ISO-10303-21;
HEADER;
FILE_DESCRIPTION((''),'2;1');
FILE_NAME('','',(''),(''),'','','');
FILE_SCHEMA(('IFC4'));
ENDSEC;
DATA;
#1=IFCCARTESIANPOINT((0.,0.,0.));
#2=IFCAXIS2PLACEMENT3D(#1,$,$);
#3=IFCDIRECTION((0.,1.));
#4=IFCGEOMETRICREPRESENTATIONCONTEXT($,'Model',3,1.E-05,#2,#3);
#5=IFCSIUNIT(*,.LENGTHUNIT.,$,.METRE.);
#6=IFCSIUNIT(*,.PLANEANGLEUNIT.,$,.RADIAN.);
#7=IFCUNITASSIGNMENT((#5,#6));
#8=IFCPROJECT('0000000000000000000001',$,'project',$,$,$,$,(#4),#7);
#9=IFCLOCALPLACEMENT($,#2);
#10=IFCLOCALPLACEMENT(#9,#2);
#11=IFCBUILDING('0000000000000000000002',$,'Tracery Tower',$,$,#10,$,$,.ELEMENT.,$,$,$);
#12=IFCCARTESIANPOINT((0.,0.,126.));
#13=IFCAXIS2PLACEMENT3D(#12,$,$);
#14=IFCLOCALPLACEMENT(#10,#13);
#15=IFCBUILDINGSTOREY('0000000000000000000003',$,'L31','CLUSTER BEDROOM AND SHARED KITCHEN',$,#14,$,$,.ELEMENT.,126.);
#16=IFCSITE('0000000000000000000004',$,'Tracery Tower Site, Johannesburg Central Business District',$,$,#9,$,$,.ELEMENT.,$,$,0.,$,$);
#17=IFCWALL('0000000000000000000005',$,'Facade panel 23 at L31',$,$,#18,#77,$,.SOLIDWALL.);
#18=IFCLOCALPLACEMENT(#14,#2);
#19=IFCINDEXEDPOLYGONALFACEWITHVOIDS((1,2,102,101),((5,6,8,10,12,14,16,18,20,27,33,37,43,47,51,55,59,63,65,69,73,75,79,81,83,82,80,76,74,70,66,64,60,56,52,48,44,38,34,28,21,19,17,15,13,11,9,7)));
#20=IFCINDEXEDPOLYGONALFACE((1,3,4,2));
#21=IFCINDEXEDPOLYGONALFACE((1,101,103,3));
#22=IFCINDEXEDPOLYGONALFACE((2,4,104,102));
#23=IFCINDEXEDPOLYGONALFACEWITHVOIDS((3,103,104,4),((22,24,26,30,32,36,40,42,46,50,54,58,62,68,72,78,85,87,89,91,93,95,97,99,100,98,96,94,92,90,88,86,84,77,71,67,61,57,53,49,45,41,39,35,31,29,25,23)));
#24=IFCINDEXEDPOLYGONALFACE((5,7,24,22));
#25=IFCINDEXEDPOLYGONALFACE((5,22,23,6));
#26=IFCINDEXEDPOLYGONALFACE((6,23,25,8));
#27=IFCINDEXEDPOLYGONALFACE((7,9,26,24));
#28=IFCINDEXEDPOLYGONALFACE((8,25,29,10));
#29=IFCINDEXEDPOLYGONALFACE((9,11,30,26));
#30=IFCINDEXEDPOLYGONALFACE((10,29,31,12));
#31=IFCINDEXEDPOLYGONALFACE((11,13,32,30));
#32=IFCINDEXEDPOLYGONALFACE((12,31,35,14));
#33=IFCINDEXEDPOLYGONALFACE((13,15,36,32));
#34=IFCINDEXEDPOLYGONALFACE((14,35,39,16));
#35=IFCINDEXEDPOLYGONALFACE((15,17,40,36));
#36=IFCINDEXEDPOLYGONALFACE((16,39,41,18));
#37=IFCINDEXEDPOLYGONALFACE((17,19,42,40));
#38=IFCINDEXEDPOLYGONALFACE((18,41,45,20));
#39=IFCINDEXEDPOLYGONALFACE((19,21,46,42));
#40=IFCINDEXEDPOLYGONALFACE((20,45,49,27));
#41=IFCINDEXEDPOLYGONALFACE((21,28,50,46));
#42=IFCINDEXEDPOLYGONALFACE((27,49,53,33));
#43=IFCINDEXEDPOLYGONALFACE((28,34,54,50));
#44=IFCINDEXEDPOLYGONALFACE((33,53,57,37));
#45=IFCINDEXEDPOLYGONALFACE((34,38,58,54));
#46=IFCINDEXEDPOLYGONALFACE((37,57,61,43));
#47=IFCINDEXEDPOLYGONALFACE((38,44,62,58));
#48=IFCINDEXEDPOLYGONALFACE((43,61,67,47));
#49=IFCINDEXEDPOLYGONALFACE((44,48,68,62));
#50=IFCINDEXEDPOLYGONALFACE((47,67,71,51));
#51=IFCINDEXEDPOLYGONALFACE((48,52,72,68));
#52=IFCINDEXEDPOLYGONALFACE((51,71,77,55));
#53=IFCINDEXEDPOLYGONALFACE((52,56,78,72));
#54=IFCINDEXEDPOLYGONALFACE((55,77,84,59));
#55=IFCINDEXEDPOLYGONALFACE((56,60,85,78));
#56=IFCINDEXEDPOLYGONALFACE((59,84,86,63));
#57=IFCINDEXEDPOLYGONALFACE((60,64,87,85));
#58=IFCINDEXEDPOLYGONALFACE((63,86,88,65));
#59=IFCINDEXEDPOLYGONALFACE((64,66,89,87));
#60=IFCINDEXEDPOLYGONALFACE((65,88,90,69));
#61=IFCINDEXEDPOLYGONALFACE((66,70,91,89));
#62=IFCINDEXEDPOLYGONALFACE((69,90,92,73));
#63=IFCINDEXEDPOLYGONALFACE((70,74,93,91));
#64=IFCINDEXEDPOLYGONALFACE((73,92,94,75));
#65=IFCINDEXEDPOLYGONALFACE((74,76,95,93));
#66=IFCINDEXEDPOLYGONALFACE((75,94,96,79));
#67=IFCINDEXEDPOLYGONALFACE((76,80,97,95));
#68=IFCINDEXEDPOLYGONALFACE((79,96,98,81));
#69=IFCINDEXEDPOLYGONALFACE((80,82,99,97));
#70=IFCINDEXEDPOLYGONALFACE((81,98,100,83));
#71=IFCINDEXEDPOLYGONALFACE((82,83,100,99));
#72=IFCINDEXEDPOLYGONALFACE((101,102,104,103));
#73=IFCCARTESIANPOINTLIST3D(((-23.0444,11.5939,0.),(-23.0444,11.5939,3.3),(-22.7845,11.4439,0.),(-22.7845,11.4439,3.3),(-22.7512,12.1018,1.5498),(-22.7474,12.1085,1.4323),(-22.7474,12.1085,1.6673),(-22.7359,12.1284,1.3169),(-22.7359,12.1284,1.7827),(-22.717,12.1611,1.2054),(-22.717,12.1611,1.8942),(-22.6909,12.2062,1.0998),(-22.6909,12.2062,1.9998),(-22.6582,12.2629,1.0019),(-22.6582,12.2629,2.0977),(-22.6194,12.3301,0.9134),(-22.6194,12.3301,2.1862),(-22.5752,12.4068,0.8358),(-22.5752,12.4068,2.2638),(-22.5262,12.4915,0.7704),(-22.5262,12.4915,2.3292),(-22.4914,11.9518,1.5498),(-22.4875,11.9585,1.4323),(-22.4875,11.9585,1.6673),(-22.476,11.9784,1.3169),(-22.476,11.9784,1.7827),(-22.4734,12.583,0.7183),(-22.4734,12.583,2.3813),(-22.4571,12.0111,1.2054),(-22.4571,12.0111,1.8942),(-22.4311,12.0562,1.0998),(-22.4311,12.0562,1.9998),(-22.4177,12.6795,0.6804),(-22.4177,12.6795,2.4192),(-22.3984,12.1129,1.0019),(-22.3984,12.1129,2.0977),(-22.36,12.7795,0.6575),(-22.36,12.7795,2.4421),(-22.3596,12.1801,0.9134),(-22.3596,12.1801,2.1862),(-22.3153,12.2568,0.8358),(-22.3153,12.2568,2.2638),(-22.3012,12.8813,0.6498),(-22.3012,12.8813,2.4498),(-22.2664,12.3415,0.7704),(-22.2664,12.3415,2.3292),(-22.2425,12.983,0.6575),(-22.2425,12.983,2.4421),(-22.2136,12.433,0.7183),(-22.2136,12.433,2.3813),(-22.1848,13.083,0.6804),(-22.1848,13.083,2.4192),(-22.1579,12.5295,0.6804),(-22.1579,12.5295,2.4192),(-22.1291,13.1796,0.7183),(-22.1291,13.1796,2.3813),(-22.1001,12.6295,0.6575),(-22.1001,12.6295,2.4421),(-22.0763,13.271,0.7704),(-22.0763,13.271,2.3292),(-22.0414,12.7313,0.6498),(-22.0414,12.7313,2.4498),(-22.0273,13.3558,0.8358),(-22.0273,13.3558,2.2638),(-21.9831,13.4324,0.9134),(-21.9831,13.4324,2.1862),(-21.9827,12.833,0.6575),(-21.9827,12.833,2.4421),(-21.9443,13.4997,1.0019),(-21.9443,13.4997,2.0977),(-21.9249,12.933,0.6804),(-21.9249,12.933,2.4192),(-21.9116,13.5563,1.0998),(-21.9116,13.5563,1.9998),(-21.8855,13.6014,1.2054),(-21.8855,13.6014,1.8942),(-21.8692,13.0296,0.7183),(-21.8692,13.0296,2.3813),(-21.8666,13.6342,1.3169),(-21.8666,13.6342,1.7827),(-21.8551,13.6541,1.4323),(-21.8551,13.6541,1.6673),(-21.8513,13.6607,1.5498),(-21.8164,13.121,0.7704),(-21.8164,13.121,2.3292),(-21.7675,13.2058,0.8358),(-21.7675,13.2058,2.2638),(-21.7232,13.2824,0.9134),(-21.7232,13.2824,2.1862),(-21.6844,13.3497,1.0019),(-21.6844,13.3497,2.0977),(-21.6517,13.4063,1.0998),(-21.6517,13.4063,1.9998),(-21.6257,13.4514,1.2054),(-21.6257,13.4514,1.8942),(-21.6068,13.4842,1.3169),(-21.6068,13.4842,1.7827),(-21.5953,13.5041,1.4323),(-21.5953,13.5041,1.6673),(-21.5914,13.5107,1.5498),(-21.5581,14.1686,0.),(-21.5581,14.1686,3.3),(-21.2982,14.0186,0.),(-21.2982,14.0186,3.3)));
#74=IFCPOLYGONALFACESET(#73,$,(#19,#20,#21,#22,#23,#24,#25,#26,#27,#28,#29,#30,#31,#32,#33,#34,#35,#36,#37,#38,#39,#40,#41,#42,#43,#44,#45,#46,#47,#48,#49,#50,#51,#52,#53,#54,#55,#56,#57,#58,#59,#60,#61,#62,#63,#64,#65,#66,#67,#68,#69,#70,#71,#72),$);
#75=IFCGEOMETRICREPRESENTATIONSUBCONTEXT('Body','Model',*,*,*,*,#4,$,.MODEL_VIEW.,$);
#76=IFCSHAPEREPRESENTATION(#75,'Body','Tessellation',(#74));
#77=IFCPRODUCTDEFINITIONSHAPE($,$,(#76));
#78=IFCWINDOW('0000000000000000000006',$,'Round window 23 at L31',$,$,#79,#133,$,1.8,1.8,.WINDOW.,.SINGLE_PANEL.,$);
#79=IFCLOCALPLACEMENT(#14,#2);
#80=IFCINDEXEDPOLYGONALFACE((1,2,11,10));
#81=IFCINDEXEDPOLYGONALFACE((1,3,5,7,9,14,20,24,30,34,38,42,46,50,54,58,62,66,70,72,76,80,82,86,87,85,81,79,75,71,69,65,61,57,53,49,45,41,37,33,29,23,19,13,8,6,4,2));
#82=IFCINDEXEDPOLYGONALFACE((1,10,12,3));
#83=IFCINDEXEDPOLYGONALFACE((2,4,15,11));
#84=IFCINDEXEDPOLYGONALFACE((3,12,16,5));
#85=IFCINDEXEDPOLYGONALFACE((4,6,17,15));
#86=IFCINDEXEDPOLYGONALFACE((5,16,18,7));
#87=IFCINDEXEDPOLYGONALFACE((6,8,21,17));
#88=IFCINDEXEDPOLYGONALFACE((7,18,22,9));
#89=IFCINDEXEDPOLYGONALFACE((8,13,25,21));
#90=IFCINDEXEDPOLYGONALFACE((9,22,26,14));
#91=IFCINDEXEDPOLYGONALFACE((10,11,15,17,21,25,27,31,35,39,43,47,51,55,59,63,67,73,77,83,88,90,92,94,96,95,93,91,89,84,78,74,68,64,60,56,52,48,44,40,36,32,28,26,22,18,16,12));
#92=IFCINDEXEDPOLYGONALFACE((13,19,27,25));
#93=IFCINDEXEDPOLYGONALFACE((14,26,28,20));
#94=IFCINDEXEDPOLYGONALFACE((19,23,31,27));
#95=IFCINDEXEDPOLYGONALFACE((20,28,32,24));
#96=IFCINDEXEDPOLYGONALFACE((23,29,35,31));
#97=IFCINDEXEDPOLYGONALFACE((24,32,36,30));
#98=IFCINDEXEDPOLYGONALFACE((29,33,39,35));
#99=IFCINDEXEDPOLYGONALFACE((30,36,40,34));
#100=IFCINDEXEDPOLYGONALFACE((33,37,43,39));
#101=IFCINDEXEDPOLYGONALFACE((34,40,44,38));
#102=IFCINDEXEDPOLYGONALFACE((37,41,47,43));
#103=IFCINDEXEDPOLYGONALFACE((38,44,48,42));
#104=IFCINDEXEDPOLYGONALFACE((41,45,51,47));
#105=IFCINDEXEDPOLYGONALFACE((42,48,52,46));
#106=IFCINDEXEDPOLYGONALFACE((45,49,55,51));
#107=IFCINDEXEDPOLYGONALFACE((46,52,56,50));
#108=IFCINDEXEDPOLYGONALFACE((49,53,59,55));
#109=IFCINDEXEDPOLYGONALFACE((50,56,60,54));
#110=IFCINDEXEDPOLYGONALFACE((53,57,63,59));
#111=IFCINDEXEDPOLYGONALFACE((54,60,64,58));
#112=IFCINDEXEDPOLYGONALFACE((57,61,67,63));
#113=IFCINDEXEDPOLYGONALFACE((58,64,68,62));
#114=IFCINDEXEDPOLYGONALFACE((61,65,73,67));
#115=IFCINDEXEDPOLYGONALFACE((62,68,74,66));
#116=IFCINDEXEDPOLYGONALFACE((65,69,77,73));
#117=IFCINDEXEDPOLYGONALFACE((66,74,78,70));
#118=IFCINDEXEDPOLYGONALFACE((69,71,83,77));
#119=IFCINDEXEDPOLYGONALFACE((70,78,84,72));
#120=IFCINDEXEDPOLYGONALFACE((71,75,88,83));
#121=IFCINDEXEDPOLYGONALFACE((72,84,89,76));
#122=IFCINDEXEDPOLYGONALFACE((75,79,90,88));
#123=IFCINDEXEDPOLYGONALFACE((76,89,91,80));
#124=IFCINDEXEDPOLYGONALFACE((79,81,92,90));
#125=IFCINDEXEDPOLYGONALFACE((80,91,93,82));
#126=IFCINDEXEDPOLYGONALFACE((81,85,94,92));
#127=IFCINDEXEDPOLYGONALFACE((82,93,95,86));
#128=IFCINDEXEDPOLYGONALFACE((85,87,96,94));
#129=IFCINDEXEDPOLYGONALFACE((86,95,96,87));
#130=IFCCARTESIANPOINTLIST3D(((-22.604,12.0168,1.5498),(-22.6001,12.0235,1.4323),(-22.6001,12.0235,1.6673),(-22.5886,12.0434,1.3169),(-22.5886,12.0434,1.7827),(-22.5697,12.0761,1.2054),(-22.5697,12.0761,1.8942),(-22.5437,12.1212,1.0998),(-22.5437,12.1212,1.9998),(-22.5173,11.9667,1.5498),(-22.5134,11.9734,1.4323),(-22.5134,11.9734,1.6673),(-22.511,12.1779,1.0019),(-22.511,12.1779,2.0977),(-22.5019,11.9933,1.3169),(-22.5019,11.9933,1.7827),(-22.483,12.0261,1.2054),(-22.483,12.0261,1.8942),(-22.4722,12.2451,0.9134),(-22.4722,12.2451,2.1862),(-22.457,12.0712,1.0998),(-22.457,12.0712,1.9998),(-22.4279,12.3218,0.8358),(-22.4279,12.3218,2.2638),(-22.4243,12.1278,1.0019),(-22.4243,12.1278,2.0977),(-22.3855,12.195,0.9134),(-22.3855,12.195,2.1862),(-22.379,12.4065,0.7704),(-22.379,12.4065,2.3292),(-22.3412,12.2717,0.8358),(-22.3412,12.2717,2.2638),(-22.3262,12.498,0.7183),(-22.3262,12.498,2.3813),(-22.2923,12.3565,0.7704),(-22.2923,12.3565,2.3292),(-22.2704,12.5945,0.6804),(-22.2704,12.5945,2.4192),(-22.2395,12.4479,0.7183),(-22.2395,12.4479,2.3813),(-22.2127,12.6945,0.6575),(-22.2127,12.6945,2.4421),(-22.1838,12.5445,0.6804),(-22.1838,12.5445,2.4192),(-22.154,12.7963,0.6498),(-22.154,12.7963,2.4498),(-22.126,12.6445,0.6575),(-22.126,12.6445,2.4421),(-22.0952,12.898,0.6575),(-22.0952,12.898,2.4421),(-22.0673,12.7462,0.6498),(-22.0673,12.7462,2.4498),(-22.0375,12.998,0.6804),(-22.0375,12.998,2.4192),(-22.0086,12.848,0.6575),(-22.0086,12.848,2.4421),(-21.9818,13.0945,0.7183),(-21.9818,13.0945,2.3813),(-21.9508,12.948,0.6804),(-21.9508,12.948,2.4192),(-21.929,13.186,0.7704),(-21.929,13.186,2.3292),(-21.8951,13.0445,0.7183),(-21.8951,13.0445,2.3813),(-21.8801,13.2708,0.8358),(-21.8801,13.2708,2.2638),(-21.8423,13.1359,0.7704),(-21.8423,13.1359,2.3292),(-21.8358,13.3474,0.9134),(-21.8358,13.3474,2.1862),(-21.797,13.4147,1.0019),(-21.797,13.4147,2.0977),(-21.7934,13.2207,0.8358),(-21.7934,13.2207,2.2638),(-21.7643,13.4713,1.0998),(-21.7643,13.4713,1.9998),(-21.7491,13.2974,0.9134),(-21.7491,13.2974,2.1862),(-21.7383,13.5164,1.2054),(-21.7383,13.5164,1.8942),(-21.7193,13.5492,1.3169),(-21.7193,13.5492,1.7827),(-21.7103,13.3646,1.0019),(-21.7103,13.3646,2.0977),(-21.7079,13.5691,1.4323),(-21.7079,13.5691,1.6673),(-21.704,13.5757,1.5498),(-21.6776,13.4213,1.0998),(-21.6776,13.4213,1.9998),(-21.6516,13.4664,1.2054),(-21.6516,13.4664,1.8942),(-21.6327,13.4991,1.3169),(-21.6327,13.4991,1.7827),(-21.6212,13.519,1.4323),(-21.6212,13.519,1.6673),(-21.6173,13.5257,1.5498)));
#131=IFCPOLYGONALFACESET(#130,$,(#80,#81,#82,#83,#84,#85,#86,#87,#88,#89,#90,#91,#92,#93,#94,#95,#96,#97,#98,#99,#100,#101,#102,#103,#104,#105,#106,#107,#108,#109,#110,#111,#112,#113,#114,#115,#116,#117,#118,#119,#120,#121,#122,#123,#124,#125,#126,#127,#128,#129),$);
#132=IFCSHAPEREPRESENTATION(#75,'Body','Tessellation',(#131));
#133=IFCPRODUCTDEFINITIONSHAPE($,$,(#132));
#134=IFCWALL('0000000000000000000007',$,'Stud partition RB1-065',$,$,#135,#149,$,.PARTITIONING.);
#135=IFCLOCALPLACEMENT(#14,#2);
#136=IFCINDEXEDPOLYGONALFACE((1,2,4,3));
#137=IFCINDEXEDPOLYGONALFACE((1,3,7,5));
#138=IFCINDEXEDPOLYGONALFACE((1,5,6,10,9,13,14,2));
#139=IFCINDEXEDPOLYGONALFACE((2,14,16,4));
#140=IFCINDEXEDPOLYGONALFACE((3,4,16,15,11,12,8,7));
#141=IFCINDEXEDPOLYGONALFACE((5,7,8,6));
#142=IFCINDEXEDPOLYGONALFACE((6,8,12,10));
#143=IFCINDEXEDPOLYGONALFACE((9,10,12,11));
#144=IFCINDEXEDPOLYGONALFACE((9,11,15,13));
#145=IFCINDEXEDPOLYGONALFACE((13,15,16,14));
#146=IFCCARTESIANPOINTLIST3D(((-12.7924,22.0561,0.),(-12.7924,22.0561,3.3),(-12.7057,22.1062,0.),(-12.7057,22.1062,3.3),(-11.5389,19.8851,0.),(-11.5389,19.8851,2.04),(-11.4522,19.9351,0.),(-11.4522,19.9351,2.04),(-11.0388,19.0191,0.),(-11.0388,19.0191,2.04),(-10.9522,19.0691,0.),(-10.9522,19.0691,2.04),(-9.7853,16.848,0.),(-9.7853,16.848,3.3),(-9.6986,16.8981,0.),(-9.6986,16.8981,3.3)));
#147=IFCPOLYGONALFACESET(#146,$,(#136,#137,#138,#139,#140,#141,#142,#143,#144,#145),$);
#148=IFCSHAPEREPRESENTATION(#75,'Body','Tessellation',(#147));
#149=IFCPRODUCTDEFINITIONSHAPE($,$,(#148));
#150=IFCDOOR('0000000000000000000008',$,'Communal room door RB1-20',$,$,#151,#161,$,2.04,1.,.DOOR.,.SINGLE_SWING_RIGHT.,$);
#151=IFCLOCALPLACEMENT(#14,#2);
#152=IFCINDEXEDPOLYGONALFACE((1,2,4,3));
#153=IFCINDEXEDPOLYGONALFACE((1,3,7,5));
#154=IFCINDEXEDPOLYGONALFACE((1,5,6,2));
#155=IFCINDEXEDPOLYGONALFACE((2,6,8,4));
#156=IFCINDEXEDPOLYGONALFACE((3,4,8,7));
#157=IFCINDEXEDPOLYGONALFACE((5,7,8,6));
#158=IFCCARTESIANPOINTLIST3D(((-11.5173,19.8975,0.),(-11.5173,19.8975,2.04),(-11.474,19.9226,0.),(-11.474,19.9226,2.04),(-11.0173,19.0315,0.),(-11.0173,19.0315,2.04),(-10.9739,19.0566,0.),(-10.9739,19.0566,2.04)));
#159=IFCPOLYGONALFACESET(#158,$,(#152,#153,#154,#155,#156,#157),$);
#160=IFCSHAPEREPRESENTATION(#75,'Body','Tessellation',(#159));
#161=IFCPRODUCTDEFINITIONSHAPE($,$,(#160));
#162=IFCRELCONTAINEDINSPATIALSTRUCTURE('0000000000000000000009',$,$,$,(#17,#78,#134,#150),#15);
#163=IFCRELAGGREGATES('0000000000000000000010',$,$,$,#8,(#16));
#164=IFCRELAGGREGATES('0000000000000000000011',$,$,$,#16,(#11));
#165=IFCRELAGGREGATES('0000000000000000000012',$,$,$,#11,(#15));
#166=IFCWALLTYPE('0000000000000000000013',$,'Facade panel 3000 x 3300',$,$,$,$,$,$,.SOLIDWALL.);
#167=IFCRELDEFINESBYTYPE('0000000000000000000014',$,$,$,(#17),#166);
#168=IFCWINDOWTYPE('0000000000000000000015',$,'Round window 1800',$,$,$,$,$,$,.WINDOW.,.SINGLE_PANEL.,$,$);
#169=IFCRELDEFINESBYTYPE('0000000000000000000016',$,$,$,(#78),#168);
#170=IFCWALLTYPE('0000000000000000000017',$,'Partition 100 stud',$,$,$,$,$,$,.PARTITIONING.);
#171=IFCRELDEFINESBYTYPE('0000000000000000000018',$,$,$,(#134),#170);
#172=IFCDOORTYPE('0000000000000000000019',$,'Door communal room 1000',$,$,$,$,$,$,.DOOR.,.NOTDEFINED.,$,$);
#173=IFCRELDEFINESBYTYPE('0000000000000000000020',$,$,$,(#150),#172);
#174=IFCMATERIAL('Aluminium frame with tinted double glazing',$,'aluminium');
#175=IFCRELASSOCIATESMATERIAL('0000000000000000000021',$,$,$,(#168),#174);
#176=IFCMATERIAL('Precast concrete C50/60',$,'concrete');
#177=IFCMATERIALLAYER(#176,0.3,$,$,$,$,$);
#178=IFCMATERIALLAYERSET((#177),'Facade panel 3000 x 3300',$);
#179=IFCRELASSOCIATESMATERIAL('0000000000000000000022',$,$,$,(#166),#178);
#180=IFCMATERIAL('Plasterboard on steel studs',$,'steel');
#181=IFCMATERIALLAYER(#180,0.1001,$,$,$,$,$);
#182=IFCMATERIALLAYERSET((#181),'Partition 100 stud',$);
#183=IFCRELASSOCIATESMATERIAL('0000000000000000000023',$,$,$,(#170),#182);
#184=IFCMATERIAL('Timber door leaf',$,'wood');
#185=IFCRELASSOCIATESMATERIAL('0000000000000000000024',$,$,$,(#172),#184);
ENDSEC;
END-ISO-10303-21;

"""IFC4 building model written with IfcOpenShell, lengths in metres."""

from ifc_helpers import new_model, si_unit, direction, frame, frame_2d, origin, origin_2d, place, context, subcontext, project, spatial, rectangle, circle, extrude, material, layer, layer_set, type_object, element, fill, save


model = new_model("IFC4")

# Units and contexts
model_context = context("Model", 3, precision=1e-05, world=origin(), true_north=direction((0.0, 1.0)))
body_context = subcontext(model_context, "Body", "Model", "MODEL_VIEW")
ifc_project = project(units=[si_unit("LENGTHUNIT", "METRE"), si_unit("PLANEANGLEUNIT", "RADIAN")], contexts=[model_context])

# Site, building, storey
site_placement = place(None, origin())
site = spatial("IfcSite", under=ifc_project, at=site_placement, Name="Tracery Tower Site, Johannesburg Central Business District", CompositionType="ELEMENT", RefElevation=0.0)
building_placement = place(site_placement, origin())
building = spatial("IfcBuilding", under=site, at=building_placement, Name="Tracery Tower", CompositionType="ELEMENT")
storey_placement = place(building_placement, frame((0.0, 0.0, 126.0)))
storey = spatial("IfcBuildingStorey", under=building, at=storey_placement, Name="L31", Description="CLUSTER BEDROOM AND SHARED KITCHEN", CompositionType="ELEMENT", Elevation=126.0)

# Wall, opening, window
ifc_material_1 = material(Name="Aluminium frame with tinted double glazing", Category="aluminium")
window_type = type_object("IfcWindowType", Name="Round window 1800", PartitioningType="SINGLE_PANEL", PredefinedType="WINDOW", material=ifc_material_1)
ifc_material_2 = material(Name="Precast concrete C50/60", Category="concrete")
ifc_layer_1 = layer(ifc_material_2, 0.3)
ifc_layer_set_1 = layer_set([ifc_layer_1], Name="Facade panel 3000 x 3300")
wall_type_1 = type_object("IfcWallType", Name="Facade panel 3000 x 3300", PredefinedType="SOLIDWALL", material=ifc_layer_set_1)
wall_1_placement = place(storey_placement, frame((-21.4282, 14.0935, 0.0), z_axis=(0.0, 0.0, 1.0), x_axis=(-0.499955, -0.866052, 0.0)))
wall_1 = element("IfcWall", 1, at=wall_1_placement, inside=storey, type_object=wall_type_1, Name="Facade panel 23 at L31", PredefinedType="SOLIDWALL", context=body_context, shape_type="SweptSolid", body=[
    extrude(rectangle(XDim=2.9729, YDim=0.3, at=frame_2d((1.4863, 0.0))), origin(), (0.0, 0.0, 1.0), 3.3),
])
opening_1_placement = place(wall_1_placement, frame((1.4863, 0.0, 1.5498)))
opening_1 = element("IfcOpeningElement", 2, at=opening_1_placement, cuts=wall_1, PredefinedType="OPENING", context=body_context, shape_type="SweptSolid", body=[
    extrude(circle(Radius=0.9, at=origin_2d()), frame((0.0, 0.1599, 0.0), z_axis=(0.0, -1.0, 0.0), x_axis=(1.0, 0.0, 0.0)), (0.0, 0.0, 1.0), 0.3201),
])
window_1_placement = place(opening_1_placement, origin())
window_1 = element("IfcWindow", 3, at=window_1_placement, inside=storey, type_object=window_type, Name="Round window 23 at L31", OverallHeight=1.8, OverallWidth=1.8, PartitioningType="SINGLE_PANEL", PredefinedType="WINDOW", context=body_context, shape_type="SweptSolid", body=[
    extrude(circle(Radius=0.9, at=origin_2d()), frame((0.0, 0.1201, 0.0), z_axis=(0.0, -1.0, 0.0), x_axis=(1.0, 0.0, 0.0)), (0.0, 0.0, 1.0), 0.1001),
])
fill(opening_1, window_1)

# Wall, opening, door
ifc_material_3 = material(Name="Plasterboard on steel studs", Category="steel")
ifc_layer_2 = layer(ifc_material_3, 0.1001)
ifc_layer_set_2 = layer_set([ifc_layer_2], Name="Partition 100 stud")
wall_type_2 = type_object("IfcWallType", Name="Partition 100 stud", PredefinedType="PARTITIONING", material=ifc_layer_set_2)
wall_2_placement = place(storey_placement, frame((-12.749, 22.0811, 0.0), z_axis=(0.0, 0.0, 1.0), x_axis=(0.500029, -0.866008, 0.0)))
wall_2 = element("IfcWall", 4, at=wall_2_placement, inside=storey, type_object=wall_type_2, Name="Stud partition RB1-065", PredefinedType="PARTITIONING", context=body_context, shape_type="SweptSolid", body=[
    extrude(rectangle(XDim=6.0139, YDim=0.1001, at=frame_2d((3.0068, 0.0))), origin(), (0.0, 0.0, 1.0), 3.3),
])
opening_2_placement = place(wall_2_placement, frame((2.5068, 0.0, 0.0)))
opening_2 = element("IfcOpeningElement", 5, at=opening_2_placement, cuts=wall_2, PredefinedType="OPENING", context=body_context, shape_type="SweptSolid", body=[
    extrude(rectangle(XDim=1.0, YDim=2.04, at=frame_2d((0.5, 1.02))), frame((0.0, 0.05, 0.0), z_axis=(0.0, -1.0, 0.0), x_axis=(1.0, 0.0, 0.0)), (0.0, 0.0, 1.0), 0.1001),
])
ifc_material_4 = material(Name="Timber door leaf", Category="wood")
door_type_1 = type_object("IfcDoorType", Name="Door communal room 1000", OperationType="NOTDEFINED", PredefinedType="DOOR", material=ifc_material_4)
door_1_placement = place(opening_2_placement, origin())
door_1 = element("IfcDoor", 6, at=door_1_placement, inside=storey, type_object=door_type_1, Name="Communal room door RB1-20", OperationType="SINGLE_SWING_RIGHT", OverallHeight=2.04, OverallWidth=1.0, PredefinedType="DOOR", context=body_context, shape_type="SweptSolid", body=[
    extrude(rectangle(XDim=1.0, YDim=2.04, at=frame_2d((0.5, 1.02))), frame((0.0, 0.0249, 0.0), z_axis=(0.0, -1.0, 0.0), x_axis=(1.0, 0.0, 0.0)), (0.0, 0.0, 1.0), 0.05),
])
fill(opening_2, door_1)

save(model, "model.ifc")
